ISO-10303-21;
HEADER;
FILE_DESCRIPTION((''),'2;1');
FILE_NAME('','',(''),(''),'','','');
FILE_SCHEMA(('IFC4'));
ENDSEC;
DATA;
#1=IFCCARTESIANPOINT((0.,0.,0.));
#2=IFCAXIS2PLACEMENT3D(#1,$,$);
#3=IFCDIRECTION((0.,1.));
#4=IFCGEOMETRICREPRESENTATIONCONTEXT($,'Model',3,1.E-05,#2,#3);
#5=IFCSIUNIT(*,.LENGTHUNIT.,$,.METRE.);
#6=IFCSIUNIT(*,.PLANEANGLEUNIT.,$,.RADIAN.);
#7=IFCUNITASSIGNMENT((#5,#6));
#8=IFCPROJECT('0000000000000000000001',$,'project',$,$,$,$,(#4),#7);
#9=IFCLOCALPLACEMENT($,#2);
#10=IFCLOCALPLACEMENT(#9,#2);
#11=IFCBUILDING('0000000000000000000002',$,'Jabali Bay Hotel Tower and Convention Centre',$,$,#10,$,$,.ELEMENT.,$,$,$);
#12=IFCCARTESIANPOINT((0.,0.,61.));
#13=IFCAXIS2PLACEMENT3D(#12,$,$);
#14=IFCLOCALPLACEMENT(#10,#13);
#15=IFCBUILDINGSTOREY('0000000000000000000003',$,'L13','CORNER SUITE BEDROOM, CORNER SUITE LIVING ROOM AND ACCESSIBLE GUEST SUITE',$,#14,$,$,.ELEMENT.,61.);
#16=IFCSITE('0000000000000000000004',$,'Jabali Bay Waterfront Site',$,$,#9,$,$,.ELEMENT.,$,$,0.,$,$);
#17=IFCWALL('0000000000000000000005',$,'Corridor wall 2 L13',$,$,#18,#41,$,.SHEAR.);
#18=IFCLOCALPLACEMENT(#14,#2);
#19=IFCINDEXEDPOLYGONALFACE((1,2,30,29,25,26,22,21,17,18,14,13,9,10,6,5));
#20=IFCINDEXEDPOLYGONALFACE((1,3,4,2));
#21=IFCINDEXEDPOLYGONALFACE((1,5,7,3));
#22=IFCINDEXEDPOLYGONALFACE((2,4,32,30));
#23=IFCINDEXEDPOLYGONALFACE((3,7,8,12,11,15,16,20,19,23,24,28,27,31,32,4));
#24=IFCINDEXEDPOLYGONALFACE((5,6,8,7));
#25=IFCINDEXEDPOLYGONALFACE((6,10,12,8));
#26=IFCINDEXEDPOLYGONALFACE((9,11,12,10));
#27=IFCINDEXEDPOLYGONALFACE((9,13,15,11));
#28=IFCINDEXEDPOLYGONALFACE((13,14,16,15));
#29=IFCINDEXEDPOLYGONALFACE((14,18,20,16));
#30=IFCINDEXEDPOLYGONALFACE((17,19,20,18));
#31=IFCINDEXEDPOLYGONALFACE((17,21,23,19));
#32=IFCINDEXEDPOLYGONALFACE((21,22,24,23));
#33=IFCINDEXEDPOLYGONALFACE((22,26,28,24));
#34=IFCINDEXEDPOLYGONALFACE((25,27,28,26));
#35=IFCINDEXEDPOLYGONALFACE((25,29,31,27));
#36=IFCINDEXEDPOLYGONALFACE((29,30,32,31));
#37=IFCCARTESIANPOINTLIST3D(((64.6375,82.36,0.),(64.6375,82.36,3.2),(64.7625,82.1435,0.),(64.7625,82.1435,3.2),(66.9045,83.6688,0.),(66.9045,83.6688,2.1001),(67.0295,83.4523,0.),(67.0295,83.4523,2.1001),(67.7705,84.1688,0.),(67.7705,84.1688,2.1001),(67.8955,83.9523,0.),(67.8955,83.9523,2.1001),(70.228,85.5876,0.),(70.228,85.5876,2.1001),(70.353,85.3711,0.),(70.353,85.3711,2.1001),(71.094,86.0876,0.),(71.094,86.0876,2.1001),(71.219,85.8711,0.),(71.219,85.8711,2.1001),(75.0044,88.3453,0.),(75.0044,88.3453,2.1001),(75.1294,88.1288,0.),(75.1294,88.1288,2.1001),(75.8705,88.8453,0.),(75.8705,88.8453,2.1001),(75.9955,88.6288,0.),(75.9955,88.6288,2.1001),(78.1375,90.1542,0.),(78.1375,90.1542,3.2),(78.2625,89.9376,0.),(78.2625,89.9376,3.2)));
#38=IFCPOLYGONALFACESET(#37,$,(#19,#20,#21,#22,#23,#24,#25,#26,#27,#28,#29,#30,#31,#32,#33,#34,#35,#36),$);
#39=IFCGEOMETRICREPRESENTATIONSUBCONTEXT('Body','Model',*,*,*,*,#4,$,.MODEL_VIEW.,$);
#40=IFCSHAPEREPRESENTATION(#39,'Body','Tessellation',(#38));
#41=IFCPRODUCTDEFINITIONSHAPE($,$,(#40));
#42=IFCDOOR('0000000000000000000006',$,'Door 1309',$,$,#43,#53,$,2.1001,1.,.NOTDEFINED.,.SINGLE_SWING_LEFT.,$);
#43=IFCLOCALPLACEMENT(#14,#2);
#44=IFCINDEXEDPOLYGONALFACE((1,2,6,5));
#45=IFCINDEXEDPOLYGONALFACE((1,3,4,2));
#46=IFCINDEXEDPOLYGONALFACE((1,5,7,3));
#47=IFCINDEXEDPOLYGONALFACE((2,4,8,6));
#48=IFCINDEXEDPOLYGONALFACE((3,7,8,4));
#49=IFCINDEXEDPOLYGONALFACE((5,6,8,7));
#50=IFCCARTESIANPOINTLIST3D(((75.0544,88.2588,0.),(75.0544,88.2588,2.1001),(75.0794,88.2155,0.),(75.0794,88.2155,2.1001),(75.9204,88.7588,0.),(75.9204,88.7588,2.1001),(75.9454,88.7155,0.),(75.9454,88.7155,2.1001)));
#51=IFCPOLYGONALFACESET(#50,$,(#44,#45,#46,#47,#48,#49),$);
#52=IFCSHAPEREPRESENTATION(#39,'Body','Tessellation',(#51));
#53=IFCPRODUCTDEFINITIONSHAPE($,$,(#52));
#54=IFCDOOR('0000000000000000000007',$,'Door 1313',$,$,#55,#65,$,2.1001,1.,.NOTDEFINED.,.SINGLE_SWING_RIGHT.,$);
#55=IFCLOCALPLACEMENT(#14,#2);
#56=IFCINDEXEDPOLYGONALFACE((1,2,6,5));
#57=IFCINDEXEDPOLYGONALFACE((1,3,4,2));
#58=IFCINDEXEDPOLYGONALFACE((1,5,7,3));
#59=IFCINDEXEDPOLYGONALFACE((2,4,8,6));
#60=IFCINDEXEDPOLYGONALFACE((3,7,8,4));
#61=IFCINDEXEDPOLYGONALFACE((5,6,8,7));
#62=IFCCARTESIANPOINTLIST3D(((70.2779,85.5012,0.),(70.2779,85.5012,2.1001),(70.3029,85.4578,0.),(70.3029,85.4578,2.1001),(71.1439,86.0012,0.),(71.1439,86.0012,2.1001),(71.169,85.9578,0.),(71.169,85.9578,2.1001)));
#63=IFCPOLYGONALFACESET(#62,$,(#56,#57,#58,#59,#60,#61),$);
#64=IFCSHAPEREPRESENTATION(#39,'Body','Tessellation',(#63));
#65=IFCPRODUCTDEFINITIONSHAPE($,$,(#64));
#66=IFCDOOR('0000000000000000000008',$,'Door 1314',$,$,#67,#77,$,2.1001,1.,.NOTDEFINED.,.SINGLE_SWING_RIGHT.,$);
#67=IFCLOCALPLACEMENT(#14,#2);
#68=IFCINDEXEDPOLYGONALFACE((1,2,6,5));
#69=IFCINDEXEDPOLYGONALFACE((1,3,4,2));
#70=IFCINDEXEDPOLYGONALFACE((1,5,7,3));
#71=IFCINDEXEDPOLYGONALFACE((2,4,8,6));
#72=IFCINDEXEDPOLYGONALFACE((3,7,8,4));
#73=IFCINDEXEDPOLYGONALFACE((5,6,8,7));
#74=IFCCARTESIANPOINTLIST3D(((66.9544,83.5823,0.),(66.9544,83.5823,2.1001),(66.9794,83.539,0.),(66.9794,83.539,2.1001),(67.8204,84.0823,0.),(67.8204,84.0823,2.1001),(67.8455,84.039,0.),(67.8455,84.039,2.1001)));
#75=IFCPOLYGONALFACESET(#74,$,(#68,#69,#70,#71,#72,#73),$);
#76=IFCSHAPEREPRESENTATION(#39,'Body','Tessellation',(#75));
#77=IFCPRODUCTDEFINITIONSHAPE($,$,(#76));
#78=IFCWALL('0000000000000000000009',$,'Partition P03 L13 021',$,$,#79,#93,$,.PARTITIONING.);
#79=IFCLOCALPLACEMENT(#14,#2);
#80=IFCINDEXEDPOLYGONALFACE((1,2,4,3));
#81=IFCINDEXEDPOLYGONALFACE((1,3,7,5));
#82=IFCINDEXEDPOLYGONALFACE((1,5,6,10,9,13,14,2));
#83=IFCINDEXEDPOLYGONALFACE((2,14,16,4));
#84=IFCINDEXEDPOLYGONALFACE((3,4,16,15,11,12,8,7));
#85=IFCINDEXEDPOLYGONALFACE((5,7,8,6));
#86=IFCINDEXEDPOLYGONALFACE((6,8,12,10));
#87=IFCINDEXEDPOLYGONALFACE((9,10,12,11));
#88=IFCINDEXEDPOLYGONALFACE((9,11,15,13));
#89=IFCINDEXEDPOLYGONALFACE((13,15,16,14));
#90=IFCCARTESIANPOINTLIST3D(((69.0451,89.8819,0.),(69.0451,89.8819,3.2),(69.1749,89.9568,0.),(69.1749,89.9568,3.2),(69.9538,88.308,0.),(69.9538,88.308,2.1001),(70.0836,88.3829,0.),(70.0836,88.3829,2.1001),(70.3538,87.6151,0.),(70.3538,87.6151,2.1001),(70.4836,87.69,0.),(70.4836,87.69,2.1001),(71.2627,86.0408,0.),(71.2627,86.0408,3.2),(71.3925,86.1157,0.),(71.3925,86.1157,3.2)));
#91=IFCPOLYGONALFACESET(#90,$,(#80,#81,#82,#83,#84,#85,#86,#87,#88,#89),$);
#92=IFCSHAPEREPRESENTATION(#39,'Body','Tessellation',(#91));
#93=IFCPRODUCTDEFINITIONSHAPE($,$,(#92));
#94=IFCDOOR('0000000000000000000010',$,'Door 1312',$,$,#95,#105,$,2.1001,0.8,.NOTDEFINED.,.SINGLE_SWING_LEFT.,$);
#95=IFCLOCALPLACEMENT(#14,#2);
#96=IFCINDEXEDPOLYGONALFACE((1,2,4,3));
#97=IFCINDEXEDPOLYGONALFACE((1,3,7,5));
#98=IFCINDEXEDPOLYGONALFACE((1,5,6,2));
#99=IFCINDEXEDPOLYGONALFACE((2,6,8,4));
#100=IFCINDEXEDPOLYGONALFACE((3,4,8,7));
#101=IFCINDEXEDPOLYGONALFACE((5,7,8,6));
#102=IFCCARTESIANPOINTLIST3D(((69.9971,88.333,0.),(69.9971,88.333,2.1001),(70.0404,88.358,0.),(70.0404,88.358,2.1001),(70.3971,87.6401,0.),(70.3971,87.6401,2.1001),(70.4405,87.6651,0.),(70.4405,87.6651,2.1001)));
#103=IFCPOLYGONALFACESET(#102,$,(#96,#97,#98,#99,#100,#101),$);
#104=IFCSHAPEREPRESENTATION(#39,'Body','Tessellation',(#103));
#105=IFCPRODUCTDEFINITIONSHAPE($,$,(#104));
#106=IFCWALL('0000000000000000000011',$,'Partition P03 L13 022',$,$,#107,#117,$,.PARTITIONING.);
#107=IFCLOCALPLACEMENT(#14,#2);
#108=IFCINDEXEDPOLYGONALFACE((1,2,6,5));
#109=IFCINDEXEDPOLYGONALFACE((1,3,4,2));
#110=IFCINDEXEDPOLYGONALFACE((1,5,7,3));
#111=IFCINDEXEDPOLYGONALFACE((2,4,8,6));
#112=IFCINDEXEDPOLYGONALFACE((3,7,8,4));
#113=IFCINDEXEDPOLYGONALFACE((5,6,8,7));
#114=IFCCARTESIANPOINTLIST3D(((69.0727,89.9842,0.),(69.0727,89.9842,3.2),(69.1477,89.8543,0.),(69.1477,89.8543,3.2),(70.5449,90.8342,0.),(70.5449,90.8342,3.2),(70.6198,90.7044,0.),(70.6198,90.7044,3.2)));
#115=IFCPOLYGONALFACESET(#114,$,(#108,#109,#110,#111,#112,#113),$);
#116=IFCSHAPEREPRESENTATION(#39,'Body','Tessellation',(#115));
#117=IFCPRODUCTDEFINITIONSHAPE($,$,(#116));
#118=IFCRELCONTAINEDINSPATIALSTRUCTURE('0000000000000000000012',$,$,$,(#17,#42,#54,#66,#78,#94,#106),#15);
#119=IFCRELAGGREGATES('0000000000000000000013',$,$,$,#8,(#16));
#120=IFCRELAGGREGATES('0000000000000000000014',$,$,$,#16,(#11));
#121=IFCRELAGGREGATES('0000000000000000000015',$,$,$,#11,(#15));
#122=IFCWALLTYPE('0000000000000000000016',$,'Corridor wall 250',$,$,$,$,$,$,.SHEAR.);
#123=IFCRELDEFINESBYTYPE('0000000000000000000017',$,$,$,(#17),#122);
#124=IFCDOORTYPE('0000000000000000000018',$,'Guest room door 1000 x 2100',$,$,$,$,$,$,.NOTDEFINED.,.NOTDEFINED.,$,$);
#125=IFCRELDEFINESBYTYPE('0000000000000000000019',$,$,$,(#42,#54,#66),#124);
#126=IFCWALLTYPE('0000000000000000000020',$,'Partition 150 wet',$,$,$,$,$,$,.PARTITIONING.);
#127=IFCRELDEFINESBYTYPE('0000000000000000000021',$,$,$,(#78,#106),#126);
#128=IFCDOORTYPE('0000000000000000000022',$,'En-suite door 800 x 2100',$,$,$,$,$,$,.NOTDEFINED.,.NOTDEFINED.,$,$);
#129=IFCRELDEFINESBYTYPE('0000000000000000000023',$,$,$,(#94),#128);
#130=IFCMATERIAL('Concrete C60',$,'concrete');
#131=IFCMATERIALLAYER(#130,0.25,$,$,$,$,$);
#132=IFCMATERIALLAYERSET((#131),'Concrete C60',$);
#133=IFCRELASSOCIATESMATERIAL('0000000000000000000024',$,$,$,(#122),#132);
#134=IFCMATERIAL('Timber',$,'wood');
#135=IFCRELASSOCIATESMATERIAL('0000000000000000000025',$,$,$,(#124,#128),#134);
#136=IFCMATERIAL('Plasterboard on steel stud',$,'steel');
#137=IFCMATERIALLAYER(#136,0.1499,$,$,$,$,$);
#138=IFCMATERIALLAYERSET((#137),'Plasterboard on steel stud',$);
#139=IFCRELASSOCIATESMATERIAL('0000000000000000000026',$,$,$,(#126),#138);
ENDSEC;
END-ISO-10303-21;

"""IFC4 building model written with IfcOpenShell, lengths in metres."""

from ifc_helpers import new_model, si_unit, direction, frame, frame_2d, origin, place, context, subcontext, project, spatial, rectangle, extrude, material, layer, layer_set, type_object, element, fill, save


model = new_model("IFC4")

# Units and contexts
model_context = context("Model", 3, precision=1e-05, world=origin(), true_north=direction((0.0, 1.0)))
body_context = subcontext(model_context, "Body", "Model", "MODEL_VIEW")
ifc_project = project(units=[si_unit("LENGTHUNIT", "METRE"), si_unit("PLANEANGLEUNIT", "RADIAN")], contexts=[model_context])

# Site, building, storey
site_placement = place(None, origin())
site = spatial("IfcSite", under=ifc_project, at=site_placement, Name="Jabali Bay Waterfront Site", CompositionType="ELEMENT", RefElevation=0.0)
building_placement = place(site_placement, origin())
building = spatial("IfcBuilding", under=site, at=building_placement, Name="Jabali Bay Hotel Tower and Convention Centre", CompositionType="ELEMENT")
storey_placement = place(building_placement, frame((0.0, 0.0, 61.0)))
storey = spatial("IfcBuildingStorey", under=building, at=storey_placement, Name="L13", Description="CORNER SUITE BEDROOM, CORNER SUITE LIVING ROOM AND ACCESSIBLE GUEST SUITE", CompositionType="ELEMENT", Elevation=61.0)

# Shared definitions
ifc_material_1 = material(Name="Concrete C60", Category="concrete")

# Wall, openings, doors
ifc_layer_1 = layer(ifc_material_1, 0.25)
ifc_layer_set_1 = layer_set([ifc_layer_1], Name="Concrete C60")
wall_type_1 = type_object("IfcWallType", Name="Corridor wall 250", PredefinedType="SHEAR", material=ifc_layer_set_1)
wall_1_placement = place(storey_placement, frame((78.2, 90.0459, 0.0), z_axis=(0.0, 0.0, 1.0), x_axis=(-0.866026, -0.499998, 0.0)))
wall_1 = element("IfcWall", 1, at=wall_1_placement, inside=storey, type_object=wall_type_1, Name="Corridor wall 2 L13", PredefinedType="SHEAR", context=body_context, shape_type="SweptSolid", body=[
    extrude(rectangle(XDim=15.5884, YDim=0.25, at=frame_2d((7.7942, 0.0))), origin(), (0.0, 0.0, 1.0), 3.2),
])
opening_1_placement = place(wall_1_placement, frame((2.6177, 0.0, 0.0)))
opening_1 = element("IfcOpeningElement", 2, at=opening_1_placement, cuts=wall_1, PredefinedType="OPENING", context=body_context, shape_type="SweptSolid", body=[
    extrude(rectangle(XDim=1.0, YDim=2.1001, at=frame_2d((0.5, 1.05))), frame((0.0, 0.1355, 0.0), z_axis=(0.0, -1.0, 0.0), x_axis=(1.0, 0.0, 0.0)), (0.0, 0.0, 1.0), 0.271),
])
opening_2_placement = place(wall_1_placement, frame((8.1331, 0.0, 0.0)))
opening_2 = element("IfcOpeningElement", 3, at=opening_2_placement, cuts=wall_1, PredefinedType="OPENING", context=body_context, shape_type="SweptSolid", body=[
    extrude(rectangle(XDim=1.0, YDim=2.1001, at=frame_2d((0.5, 1.05))), frame((0.0, 0.1355, 0.0), z_axis=(0.0, -1.0, 0.0), x_axis=(1.0, 0.0, 0.0)), (0.0, 0.0, 1.0), 0.271),
])
opening_3_placement = place(wall_1_placement, frame((11.9707, 0.0, 0.0)))
opening_3 = element("IfcOpeningElement", 4, at=opening_3_placement, cuts=wall_1, PredefinedType="OPENING", context=body_context, shape_type="SweptSolid", body=[
    extrude(rectangle(XDim=1.0, YDim=2.1001, at=frame_2d((0.5, 1.05))), frame((0.0, 0.1355, 0.0), z_axis=(0.0, -1.0, 0.0), x_axis=(1.0, 0.0, 0.0)), (0.0, 0.0, 1.0), 0.271),
])
ifc_material_2 = material(Name="Timber", Category="wood")
door_type_1 = type_object("IfcDoorType", Name="Guest room door 1000 x 2100", OperationType="NOTDEFINED", PredefinedType="NOTDEFINED", material=ifc_material_2)
door_1_placement = place(opening_1_placement, origin())
door_1 = element("IfcDoor", 5, at=door_1_placement, inside=storey, type_object=door_type_1, Name="Door 1309", OperationType="SINGLE_SWING_LEFT", OverallHeight=2.1001, OverallWidth=1.0, PredefinedType="NOTDEFINED", context=body_context, shape_type="SweptSolid", body=[
    extrude(rectangle(XDim=1.0, YDim=2.1001, at=frame_2d((0.5, 1.05))), frame((0.0, 0.0249, 0.0), z_axis=(0.0, -1.0, 0.0), x_axis=(1.0, 0.0, 0.0)), (0.0, 0.0, 1.0), 0.05),
])
fill(opening_1, door_1)
door_2_placement = place(opening_2_placement, origin())
door_2 = element("IfcDoor", 6, at=door_2_placement, inside=storey, type_object=door_type_1, Name="Door 1313", OperationType="SINGLE_SWING_RIGHT", OverallHeight=2.1001, OverallWidth=1.0, PredefinedType="NOTDEFINED", context=body_context, shape_type="SweptSolid", body=[
    extrude(rectangle(XDim=1.0, YDim=2.1001, at=frame_2d((0.5, 1.05))), frame((0.0, 0.0249, 0.0), z_axis=(0.0, -1.0, 0.0), x_axis=(1.0, 0.0, 0.0)), (0.0, 0.0, 1.0), 0.05),
])
fill(opening_2, door_2)
door_3_placement = place(opening_3_placement, origin())
door_3 = element("IfcDoor", 7, at=door_3_placement, inside=storey, type_object=door_type_1, Name="Door 1314", OperationType="SINGLE_SWING_RIGHT", OverallHeight=2.1001, OverallWidth=1.0, PredefinedType="NOTDEFINED", context=body_context, shape_type="SweptSolid", body=[
    extrude(rectangle(XDim=1.0, YDim=2.1001, at=frame_2d((0.5, 1.05))), frame((0.0, 0.0249, 0.0), z_axis=(0.0, -1.0, 0.0), x_axis=(1.0, 0.0, 0.0)), (0.0, 0.0, 1.0), 0.05),
])
fill(opening_3, door_3)

# Wall, opening, door
ifc_material_3 = material(Name="Plasterboard on steel stud", Category="steel")
ifc_layer_2 = layer(ifc_material_3, 0.1499)
ifc_layer_set_2 = layer_set([ifc_layer_2], Name="Plasterboard on steel stud")
wall_type_2 = type_object("IfcWallType", Name="Partition 150 wet", PredefinedType="PARTITIONING", material=ifc_layer_set_2)
wall_2_placement = place(storey_placement, frame((71.3276, 86.0781, 0.0), z_axis=(0.0, 0.0, 1.0), x_axis=(-0.499981, 0.866036, 0.0)))
wall_2 = element("IfcWall", 8, at=wall_2_placement, inside=storey, type_object=wall_type_2, Name="Partition P03 L13 021", PredefinedType="PARTITIONING", context=body_context, shape_type="SweptSolid", body=[
    extrude(rectangle(XDim=4.4353, YDim=0.1499, at=frame_2d((2.2178, 0.0))), origin(), (0.0, 0.0, 1.0), 3.2),
])
opening_4_placement = place(wall_2_placement, frame((1.8181, 0.0, 0.0)))
opening_4 = element("IfcOpeningElement", 9, at=opening_4_placement, cuts=wall_2, PredefinedType="OPENING", context=body_context, shape_type="SweptSolid", body=[
    extrude(rectangle(XDim=0.8, YDim=2.1001, at=frame_2d((0.3999, 1.05))), frame((0.0, 0.0854, 0.0), z_axis=(0.0, -1.0, 0.0), x_axis=(1.0, 0.0, 0.0)), (0.0, 0.0, 1.0), 0.1709),
])
door_type_2 = type_object("IfcDoorType", Name="En-suite door 800 x 2100", OperationType="NOTDEFINED", PredefinedType="NOTDEFINED", material=ifc_material_2)
door_4_placement = place(opening_4_placement, origin())
door_4 = element("IfcDoor", 10, at=door_4_placement, inside=storey, type_object=door_type_2, Name="Door 1312", OperationType="SINGLE_SWING_LEFT", OverallHeight=2.1001, OverallWidth=0.8, PredefinedType="NOTDEFINED", context=body_context, shape_type="SweptSolid", body=[
    extrude(rectangle(XDim=0.8, YDim=2.1001, at=frame_2d((0.3999, 1.05))), frame((0.0, 0.0249, 0.0), z_axis=(0.0, -1.0, 0.0), x_axis=(1.0, 0.0, 0.0)), (0.0, 0.0, 1.0), 0.05),
])
fill(opening_4, door_4)

# Wall
wall_3_placement = place(storey_placement, frame((69.1101, 89.9192, 0.0), z_axis=(0.0, 0.0, 1.0), x_axis=(0.865989, 0.500062, 0.0)))
element("IfcWall", 11, at=wall_3_placement, inside=storey, type_object=wall_type_2, Name="Partition P03 L13 022", PredefinedType="PARTITIONING", context=body_context, shape_type="SweptSolid", body=[
    extrude(rectangle(XDim=1.7, YDim=0.1499, at=frame_2d((0.8501, 0.0))), origin(), (0.0, 0.0, 1.0), 3.2),
])

save(model, "model.ifc")
